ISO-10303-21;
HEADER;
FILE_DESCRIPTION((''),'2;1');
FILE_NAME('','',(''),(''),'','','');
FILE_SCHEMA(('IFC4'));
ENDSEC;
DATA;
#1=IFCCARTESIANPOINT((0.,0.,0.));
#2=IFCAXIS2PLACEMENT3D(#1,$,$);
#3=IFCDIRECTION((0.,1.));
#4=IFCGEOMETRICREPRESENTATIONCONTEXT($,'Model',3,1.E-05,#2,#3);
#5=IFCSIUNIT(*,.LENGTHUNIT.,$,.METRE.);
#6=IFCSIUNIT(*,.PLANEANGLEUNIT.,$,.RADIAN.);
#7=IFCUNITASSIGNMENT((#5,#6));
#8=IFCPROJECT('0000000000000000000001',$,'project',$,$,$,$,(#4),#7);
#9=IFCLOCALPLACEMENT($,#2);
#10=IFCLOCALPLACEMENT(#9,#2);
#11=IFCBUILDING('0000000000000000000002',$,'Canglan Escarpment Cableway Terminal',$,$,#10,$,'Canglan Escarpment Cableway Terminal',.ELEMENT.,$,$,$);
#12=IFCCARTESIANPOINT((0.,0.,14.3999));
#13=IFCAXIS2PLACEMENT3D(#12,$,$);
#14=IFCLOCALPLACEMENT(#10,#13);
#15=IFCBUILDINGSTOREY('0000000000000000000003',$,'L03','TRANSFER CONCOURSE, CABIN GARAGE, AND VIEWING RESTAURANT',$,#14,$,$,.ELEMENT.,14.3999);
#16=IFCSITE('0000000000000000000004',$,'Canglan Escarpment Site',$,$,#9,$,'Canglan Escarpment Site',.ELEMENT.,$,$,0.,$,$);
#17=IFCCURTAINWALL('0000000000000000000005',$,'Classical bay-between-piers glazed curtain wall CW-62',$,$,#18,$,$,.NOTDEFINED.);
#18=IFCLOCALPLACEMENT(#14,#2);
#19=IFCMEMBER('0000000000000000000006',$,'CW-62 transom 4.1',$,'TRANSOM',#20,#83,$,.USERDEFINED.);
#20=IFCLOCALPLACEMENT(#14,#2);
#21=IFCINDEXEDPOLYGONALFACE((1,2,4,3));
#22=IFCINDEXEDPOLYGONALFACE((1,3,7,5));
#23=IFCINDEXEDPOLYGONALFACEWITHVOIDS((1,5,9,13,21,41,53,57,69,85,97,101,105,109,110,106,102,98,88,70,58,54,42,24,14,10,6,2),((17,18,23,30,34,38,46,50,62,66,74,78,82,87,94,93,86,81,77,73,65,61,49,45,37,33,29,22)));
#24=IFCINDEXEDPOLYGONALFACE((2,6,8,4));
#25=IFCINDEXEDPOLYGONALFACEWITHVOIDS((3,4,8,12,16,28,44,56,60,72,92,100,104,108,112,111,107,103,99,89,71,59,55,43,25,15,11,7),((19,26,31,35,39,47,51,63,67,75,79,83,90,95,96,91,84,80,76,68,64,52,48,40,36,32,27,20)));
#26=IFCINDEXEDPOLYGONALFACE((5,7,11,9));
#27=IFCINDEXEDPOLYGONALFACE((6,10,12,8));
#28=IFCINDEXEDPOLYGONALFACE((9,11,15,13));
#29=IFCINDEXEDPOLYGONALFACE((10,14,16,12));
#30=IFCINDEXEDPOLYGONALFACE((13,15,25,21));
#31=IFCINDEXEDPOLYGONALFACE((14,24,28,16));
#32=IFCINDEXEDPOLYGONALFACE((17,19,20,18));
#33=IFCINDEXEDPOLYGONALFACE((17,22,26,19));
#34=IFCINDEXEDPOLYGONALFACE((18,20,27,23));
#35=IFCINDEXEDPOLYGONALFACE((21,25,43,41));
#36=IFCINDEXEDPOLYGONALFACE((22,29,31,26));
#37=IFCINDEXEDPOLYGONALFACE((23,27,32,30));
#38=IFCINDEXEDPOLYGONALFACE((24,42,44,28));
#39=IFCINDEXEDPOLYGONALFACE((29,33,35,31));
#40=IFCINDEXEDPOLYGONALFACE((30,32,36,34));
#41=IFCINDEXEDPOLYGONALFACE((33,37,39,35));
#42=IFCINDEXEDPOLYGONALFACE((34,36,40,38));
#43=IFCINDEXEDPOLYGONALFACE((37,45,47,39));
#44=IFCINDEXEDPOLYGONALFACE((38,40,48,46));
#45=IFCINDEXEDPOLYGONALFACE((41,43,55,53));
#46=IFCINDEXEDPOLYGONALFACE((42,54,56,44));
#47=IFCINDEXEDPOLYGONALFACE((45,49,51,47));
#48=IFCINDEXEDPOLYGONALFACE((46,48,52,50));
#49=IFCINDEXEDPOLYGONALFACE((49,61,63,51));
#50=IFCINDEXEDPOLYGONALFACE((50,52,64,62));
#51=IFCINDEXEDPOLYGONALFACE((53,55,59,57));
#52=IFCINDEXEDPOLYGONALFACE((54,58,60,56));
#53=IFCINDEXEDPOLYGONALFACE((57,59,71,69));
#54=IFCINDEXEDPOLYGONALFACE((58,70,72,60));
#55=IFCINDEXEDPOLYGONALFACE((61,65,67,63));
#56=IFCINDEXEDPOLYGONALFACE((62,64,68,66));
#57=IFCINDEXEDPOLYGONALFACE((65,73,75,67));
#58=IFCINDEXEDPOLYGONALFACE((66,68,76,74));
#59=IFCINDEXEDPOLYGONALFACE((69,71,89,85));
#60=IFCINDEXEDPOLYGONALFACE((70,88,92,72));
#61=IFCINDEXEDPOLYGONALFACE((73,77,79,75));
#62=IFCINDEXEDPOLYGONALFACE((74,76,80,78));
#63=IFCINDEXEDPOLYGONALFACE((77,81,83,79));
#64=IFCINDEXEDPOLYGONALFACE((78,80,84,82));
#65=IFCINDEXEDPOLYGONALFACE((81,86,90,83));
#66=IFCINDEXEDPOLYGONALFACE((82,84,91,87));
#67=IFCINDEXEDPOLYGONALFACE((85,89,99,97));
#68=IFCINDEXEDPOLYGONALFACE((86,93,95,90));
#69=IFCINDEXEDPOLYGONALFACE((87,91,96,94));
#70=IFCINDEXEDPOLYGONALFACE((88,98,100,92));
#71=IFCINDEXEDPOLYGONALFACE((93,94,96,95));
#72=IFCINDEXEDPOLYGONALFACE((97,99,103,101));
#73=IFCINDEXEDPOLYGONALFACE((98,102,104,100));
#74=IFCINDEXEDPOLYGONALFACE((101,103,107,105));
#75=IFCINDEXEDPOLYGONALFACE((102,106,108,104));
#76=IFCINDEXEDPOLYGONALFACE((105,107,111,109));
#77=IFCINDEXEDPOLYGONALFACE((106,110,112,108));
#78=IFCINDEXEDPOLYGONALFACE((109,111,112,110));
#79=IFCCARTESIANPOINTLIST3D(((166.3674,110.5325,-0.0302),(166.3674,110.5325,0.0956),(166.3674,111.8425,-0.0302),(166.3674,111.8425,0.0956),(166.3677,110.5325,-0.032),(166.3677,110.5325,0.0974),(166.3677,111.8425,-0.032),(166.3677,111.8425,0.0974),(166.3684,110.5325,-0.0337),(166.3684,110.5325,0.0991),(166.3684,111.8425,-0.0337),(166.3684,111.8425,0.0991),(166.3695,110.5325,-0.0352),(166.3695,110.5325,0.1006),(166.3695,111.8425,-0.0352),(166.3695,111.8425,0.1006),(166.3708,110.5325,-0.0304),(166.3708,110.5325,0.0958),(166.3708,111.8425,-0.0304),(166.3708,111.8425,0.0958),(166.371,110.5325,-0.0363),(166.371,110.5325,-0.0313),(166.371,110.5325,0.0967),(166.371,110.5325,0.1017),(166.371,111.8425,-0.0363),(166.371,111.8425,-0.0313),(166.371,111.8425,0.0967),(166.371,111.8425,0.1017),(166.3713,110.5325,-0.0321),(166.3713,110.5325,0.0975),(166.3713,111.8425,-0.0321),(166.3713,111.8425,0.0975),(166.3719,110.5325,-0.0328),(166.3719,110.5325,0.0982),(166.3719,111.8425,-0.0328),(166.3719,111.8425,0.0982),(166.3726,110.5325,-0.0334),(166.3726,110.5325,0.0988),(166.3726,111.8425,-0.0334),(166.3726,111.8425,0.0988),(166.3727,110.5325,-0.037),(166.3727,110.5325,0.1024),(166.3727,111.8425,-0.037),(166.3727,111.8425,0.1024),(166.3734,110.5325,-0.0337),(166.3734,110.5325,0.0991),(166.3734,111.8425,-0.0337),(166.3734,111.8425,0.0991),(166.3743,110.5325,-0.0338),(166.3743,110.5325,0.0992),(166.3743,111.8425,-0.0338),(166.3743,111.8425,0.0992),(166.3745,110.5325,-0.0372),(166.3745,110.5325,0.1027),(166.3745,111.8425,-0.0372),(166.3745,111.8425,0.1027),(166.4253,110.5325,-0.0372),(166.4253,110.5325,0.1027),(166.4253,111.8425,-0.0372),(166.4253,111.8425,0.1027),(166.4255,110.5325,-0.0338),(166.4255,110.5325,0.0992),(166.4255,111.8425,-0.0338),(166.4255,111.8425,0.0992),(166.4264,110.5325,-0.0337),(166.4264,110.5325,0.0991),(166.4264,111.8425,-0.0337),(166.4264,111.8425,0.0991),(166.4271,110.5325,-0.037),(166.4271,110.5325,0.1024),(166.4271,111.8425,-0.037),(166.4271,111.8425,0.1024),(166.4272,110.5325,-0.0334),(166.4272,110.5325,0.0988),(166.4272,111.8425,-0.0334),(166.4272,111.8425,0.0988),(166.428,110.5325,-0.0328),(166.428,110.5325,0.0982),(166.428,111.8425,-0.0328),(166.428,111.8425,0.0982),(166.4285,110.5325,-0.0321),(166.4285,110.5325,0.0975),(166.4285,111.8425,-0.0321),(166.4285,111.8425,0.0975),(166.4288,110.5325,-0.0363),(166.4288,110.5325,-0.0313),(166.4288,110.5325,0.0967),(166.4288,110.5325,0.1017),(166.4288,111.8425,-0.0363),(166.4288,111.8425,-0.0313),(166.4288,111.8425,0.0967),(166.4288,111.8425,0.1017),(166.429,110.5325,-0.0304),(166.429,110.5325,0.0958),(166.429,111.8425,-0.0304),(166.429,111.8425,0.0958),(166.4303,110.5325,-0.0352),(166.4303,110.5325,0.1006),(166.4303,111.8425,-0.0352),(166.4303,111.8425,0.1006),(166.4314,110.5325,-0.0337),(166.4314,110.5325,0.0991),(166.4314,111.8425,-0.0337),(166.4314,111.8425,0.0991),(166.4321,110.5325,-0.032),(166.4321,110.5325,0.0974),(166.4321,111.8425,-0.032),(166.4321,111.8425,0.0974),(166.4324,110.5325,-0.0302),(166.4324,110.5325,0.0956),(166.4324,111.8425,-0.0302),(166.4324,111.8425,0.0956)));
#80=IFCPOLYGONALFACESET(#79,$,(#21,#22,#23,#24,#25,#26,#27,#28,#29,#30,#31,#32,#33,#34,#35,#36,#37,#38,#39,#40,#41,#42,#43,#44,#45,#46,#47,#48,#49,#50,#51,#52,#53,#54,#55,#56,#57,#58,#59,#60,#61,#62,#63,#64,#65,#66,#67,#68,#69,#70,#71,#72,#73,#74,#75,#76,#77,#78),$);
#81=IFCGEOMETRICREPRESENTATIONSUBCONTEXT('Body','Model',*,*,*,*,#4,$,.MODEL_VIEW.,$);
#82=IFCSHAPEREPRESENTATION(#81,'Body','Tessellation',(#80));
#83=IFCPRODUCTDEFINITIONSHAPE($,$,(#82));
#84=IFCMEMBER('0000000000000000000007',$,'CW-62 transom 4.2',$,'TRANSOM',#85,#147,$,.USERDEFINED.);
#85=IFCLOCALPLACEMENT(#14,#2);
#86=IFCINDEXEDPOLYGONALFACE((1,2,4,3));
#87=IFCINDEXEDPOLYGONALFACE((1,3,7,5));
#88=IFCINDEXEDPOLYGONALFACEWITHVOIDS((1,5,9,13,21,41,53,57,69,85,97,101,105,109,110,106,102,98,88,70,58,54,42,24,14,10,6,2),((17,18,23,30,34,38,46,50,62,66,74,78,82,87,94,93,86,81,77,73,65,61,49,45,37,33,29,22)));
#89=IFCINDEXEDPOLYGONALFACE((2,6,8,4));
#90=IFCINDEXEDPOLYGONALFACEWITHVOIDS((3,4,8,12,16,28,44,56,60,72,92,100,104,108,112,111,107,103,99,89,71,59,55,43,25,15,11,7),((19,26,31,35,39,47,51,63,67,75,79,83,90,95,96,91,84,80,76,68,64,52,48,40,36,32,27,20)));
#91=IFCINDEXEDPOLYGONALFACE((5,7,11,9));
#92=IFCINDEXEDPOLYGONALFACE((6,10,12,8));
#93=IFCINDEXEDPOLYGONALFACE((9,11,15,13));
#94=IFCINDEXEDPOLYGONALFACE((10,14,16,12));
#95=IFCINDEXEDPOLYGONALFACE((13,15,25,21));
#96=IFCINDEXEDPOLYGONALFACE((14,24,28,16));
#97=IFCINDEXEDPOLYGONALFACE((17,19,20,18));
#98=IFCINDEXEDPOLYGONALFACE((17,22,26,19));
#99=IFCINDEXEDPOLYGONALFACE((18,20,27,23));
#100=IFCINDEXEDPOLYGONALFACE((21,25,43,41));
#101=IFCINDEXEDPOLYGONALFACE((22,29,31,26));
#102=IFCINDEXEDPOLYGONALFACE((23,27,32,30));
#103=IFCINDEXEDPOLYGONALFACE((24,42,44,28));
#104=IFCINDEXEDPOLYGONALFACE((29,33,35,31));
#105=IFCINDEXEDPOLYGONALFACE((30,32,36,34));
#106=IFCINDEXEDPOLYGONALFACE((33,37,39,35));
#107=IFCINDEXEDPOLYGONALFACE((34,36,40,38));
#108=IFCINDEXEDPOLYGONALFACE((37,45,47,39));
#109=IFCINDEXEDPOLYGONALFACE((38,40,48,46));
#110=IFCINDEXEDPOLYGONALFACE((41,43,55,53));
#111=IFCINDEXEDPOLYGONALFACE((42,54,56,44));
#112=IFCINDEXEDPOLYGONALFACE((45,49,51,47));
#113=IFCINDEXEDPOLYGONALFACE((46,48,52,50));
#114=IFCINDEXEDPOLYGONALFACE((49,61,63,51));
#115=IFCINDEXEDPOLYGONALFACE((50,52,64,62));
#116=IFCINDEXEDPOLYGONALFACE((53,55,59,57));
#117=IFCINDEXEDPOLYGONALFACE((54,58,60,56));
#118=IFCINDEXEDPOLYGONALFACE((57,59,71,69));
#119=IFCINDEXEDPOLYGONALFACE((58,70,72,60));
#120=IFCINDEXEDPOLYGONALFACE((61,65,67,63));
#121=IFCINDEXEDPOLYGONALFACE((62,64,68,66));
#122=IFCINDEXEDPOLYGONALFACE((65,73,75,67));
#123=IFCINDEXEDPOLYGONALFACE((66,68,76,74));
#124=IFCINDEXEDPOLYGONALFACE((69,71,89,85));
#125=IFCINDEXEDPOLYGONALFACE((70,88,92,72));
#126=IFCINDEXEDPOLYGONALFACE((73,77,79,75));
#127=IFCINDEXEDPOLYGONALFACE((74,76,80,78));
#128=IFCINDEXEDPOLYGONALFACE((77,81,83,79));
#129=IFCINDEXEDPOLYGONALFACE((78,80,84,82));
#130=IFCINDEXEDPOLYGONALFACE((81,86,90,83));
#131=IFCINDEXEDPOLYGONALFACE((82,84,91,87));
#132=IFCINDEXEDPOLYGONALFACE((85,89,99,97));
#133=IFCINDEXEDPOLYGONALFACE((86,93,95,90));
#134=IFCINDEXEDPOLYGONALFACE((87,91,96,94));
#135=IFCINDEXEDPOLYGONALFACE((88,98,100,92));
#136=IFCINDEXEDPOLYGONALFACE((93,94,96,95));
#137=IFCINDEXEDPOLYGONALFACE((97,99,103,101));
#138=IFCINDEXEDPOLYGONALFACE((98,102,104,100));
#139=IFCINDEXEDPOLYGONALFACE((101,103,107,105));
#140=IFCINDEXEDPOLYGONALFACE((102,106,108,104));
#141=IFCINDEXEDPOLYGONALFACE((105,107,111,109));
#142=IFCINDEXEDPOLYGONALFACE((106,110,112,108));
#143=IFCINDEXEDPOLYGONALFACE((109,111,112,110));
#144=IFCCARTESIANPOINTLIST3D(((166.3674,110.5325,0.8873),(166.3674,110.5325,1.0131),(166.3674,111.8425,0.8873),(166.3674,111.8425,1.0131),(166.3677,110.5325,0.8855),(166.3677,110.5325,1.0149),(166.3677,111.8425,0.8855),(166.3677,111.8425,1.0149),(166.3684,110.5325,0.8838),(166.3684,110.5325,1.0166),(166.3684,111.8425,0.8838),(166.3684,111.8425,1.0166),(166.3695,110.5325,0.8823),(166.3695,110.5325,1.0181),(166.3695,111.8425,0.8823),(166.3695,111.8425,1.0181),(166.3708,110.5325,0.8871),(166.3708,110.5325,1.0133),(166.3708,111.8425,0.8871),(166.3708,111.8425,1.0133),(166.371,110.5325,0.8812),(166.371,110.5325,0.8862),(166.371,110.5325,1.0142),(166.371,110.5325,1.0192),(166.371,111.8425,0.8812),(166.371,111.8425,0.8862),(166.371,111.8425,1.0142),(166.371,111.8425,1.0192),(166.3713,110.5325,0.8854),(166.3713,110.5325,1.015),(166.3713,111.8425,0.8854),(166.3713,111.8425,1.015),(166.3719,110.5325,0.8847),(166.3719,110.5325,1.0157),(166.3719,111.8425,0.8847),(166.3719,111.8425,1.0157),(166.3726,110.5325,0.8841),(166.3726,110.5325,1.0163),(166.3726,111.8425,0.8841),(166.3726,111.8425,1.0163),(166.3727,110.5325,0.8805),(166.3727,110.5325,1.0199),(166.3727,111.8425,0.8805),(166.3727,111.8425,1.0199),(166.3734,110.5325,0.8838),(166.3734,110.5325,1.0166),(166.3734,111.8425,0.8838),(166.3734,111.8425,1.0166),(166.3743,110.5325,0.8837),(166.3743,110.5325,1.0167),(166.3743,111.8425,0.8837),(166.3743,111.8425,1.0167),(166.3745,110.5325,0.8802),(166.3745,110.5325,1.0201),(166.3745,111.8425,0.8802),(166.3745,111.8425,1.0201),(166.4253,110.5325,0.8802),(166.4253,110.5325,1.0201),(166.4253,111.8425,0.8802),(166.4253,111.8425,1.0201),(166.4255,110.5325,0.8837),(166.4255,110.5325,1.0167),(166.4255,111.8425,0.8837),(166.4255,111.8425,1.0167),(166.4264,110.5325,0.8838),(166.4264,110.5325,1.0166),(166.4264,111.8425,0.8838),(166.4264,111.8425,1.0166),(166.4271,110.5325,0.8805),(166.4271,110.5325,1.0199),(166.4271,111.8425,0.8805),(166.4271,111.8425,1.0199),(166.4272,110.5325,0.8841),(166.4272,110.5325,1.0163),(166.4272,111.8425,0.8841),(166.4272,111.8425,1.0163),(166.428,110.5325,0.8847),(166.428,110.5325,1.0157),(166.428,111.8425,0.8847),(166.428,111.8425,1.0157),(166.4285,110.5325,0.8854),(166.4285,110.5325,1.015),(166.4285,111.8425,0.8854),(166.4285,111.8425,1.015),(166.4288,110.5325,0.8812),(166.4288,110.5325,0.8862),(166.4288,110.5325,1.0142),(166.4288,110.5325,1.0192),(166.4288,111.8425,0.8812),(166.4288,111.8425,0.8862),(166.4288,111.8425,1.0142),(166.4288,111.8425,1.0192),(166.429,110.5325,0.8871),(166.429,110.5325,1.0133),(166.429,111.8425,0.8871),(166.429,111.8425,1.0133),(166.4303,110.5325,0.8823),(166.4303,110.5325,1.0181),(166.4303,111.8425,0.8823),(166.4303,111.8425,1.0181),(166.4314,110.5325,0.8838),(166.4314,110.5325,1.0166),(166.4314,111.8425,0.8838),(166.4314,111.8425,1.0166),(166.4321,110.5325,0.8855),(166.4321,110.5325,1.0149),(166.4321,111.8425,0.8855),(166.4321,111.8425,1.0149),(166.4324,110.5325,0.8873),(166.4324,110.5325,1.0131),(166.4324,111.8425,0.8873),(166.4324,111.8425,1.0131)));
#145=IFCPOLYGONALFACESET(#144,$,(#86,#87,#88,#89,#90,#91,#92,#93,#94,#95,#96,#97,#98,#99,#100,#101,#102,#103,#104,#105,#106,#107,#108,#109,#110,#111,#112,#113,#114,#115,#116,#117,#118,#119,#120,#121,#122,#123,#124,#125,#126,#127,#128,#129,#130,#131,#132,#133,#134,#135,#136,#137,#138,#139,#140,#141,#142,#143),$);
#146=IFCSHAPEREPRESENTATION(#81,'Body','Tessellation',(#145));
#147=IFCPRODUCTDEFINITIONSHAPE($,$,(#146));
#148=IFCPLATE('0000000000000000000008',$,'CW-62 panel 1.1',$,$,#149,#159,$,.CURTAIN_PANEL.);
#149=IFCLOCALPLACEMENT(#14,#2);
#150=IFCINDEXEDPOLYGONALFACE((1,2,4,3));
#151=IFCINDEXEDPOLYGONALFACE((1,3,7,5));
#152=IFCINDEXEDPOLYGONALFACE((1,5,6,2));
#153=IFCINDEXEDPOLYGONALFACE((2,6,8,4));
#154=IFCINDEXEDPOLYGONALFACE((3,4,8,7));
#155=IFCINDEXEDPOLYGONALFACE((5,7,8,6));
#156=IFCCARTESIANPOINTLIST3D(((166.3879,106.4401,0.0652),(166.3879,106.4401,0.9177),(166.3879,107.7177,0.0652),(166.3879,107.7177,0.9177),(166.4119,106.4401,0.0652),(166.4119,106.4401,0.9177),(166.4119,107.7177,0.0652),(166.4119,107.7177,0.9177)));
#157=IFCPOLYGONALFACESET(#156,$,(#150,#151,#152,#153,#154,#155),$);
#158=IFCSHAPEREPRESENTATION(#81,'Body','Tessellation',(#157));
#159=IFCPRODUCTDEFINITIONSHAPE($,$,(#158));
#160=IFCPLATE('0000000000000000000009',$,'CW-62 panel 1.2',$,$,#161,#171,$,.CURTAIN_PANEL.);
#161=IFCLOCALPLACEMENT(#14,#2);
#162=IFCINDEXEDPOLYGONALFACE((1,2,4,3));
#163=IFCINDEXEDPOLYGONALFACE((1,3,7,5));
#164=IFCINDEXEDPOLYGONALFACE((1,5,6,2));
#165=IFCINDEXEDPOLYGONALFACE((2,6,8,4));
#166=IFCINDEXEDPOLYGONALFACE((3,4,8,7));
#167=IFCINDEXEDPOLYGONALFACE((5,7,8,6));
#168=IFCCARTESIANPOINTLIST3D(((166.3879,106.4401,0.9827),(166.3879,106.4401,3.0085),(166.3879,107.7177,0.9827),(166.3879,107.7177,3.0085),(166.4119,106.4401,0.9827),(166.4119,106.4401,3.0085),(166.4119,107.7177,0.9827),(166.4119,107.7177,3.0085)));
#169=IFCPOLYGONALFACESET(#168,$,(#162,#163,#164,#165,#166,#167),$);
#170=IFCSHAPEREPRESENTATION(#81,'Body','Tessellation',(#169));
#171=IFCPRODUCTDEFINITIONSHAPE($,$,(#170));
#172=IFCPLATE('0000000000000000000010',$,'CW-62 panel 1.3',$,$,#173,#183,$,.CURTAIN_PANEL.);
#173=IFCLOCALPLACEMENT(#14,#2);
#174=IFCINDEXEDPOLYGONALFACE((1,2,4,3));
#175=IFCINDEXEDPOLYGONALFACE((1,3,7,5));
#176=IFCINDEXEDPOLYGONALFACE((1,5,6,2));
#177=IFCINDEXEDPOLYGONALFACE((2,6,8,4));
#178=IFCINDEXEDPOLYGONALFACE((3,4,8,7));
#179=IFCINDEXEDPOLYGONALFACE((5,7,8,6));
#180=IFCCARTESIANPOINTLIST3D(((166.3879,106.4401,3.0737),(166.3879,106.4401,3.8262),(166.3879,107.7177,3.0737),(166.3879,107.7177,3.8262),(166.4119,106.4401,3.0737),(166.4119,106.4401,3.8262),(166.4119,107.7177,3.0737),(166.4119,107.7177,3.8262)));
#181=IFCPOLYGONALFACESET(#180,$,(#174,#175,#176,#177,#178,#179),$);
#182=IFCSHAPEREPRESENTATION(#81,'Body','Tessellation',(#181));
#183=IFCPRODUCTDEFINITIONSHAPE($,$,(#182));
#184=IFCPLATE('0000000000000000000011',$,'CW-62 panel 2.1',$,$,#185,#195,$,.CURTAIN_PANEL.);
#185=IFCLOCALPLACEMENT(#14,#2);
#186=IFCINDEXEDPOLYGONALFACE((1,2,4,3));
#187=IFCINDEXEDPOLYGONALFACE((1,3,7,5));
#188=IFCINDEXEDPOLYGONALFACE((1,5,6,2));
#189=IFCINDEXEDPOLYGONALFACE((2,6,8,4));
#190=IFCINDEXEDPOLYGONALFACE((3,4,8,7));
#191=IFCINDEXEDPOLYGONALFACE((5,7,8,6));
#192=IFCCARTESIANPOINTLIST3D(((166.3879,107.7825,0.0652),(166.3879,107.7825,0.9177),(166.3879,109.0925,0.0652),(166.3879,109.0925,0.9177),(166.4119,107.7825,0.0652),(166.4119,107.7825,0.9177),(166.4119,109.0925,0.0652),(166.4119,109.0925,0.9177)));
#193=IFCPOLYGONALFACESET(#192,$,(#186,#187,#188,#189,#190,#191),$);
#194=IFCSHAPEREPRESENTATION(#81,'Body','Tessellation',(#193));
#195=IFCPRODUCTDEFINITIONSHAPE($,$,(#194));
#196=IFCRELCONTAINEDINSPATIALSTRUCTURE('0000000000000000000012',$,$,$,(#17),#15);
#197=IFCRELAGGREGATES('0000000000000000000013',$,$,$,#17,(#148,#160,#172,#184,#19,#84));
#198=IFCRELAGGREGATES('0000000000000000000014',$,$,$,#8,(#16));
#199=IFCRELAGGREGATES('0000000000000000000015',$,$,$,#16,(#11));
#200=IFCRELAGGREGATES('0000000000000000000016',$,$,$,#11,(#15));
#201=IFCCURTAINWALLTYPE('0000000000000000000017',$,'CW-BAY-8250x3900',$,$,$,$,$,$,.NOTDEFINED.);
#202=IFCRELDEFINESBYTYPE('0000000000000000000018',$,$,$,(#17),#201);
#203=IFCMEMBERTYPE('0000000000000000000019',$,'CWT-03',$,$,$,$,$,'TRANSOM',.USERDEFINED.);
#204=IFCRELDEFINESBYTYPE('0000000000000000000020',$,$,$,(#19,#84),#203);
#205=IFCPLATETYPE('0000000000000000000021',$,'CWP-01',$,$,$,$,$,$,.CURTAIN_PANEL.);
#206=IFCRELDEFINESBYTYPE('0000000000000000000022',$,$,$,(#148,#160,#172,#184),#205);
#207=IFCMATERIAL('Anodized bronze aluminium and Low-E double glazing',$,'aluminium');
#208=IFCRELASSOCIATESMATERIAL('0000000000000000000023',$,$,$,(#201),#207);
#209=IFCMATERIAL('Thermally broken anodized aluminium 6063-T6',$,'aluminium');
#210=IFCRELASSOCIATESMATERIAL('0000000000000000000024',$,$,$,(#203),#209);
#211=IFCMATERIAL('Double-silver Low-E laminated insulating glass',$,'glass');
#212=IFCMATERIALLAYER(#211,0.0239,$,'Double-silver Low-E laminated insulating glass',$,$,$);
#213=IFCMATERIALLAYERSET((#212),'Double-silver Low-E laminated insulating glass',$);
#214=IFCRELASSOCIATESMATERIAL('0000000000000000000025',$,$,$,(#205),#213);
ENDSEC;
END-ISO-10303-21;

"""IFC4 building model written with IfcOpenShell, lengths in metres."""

from ifc_helpers import new_model, si_unit, direction, frame, origin, origin_2d, place, context, subcontext, project, spatial, rectangle, hollow_rectangle, extrude, material, layer, layer_set, material_profile, profile_set, type_object, element, aggregate, save


model = new_model("IFC4")

# Units and contexts
model_context = context("Model", 3, precision=1e-05, world=origin(), true_north=direction((0.0, 1.0)))
body_context = subcontext(model_context, "Body", "Model", "MODEL_VIEW")
ifc_project = project(units=[si_unit("LENGTHUNIT", "METRE"), si_unit("PLANEANGLEUNIT", "RADIAN")], contexts=[model_context])

# Site, building, storey
site_placement = place(None, origin())
site = spatial("IfcSite", under=ifc_project, at=site_placement, Name="Canglan Escarpment Site", LongName="Canglan Escarpment Site", CompositionType="ELEMENT", RefElevation=0.0)
building_placement = place(site_placement, origin())
building = spatial("IfcBuilding", under=site, at=building_placement, Name="Canglan Escarpment Cableway Terminal", LongName="Canglan Escarpment Cableway Terminal", CompositionType="ELEMENT")
storey_placement = place(building_placement, frame((0.0, 0.0, 14.3999)))
storey = spatial("IfcBuildingStorey", under=building, at=storey_placement, Name="L03", Description="TRANSFER CONCOURSE, CABIN GARAGE, AND VIEWING RESTAURANT", CompositionType="ELEMENT", Elevation=14.3999)

# Curtain wall, members, plates
ifc_material_1 = material(Name="Anodized bronze aluminium and Low-E double glazing", Category="aluminium")
curtain_wall_type = type_object("IfcCurtainWallType", Name="CW-BAY-8250x3900", PredefinedType="NOTDEFINED", material=ifc_material_1)
curtain_wall_placement = place(storey_placement, origin())
curtain_wall = element("IfcCurtainWall", 1, at=curtain_wall_placement, inside=storey, type_object=curtain_wall_type, Name="Classical bay-between-piers glazed curtain wall CW-62", PredefinedType="NOTDEFINED")
ifc_material_2 = material(Name="Thermally broken anodized aluminium 6063-T6", Category="aluminium")
ifc_material_profile_1 = material_profile(ifc_material_2, hollow_rectangle(XDim=0.0649, YDim=0.1399, WallThickness=0.0034, InnerFilletRadius=0.0034, OuterFilletRadius=0.0071, at=origin_2d()), Name="ALU-TRAN 65x140x3.5")
ifc_profile_set_1 = profile_set([ifc_material_profile_1], Name="Thermally broken anodized aluminium 6063-T6")
member_type_1 = type_object("IfcMemberType", Name="CWT-03", ElementType="TRANSOM", PredefinedType="USERDEFINED", material=ifc_profile_set_1)
member_1_placement = place(storey_placement, frame((166.3999, 110.5325, 0.0327), z_axis=(0.0, 1.0, 0.0), x_axis=(-1.0, 0.0, 0.0)))
member_1 = element("IfcMember", 2, at=member_1_placement, type_object=member_type_1, Name="CW-62 transom 4.1", ObjectType="TRANSOM", PredefinedType="USERDEFINED", context=body_context, shape_type="SweptSolid", body=[
    extrude(hollow_rectangle(XDim=0.0649, YDim=0.1399, WallThickness=0.0034, InnerFilletRadius=0.0034, OuterFilletRadius=0.0071, at=origin_2d()), origin(), (0.0, 0.0, 1.0), 1.3101),
])
member_2_placement = place(storey_placement, frame((166.3999, 110.5325, 0.9502), z_axis=(0.0, 1.0, 0.0), x_axis=(-1.0, 0.0, 0.0)))
member_2 = element("IfcMember", 3, at=member_2_placement, type_object=member_type_1, Name="CW-62 transom 4.2", ObjectType="TRANSOM", PredefinedType="USERDEFINED", context=body_context, shape_type="SweptSolid", body=[
    extrude(hollow_rectangle(XDim=0.0649, YDim=0.1399, WallThickness=0.0034, InnerFilletRadius=0.0034, OuterFilletRadius=0.0071, at=origin_2d()), origin(), (0.0, 0.0, 1.0), 1.3101),
])
ifc_material_3 = material(Name="Double-silver Low-E laminated insulating glass", Category="glass")
ifc_layer_1 = layer(ifc_material_3, 0.0239, Name="Double-silver Low-E laminated insulating glass")
ifc_layer_set_1 = layer_set([ifc_layer_1], Name="Double-silver Low-E laminated insulating glass")
plate_type = type_object("IfcPlateType", Name="CWP-01", PredefinedType="CURTAIN_PANEL", material=ifc_layer_set_1)
plate_1_placement = place(storey_placement, frame((166.3999, 107.0789, 0.0652), z_axis=(0.0, 0.0, 1.0), x_axis=(0.0, 1.0, 0.0)))
plate_1 = element("IfcPlate", 4, at=plate_1_placement, type_object=plate_type, Name="CW-62 panel 1.1", PredefinedType="CURTAIN_PANEL", context=body_context, shape_type="SweptSolid", body=[
    extrude(rectangle(XDim=1.2776, YDim=0.0239, at=origin_2d()), origin(), (0.0, 0.0, 1.0), 0.8525),
])
plate_2_placement = place(storey_placement, frame((166.3999, 107.0789, 0.9827), z_axis=(0.0, 0.0, 1.0), x_axis=(0.0, 1.0, 0.0)))
plate_2 = element("IfcPlate", 5, at=plate_2_placement, type_object=plate_type, Name="CW-62 panel 1.2", PredefinedType="CURTAIN_PANEL", context=body_context, shape_type="SweptSolid", body=[
    extrude(rectangle(XDim=1.2776, YDim=0.0239, at=origin_2d()), origin(), (0.0, 0.0, 1.0), 2.0259),
])
plate_3_placement = place(storey_placement, frame((166.3999, 107.0789, 3.0737), z_axis=(0.0, 0.0, 1.0), x_axis=(0.0, 1.0, 0.0)))
plate_3 = element("IfcPlate", 6, at=plate_3_placement, type_object=plate_type, Name="CW-62 panel 1.3", PredefinedType="CURTAIN_PANEL", context=body_context, shape_type="SweptSolid", body=[
    extrude(rectangle(XDim=1.2776, YDim=0.0239, at=origin_2d()), origin(), (0.0, 0.0, 1.0), 0.7524),
])
plate_4_placement = place(storey_placement, frame((166.3999, 108.4375, 0.0652), z_axis=(0.0, 0.0, 1.0), x_axis=(0.0, 1.0, 0.0)))
plate_4 = element("IfcPlate", 7, at=plate_4_placement, type_object=plate_type, Name="CW-62 panel 2.1", PredefinedType="CURTAIN_PANEL", context=body_context, shape_type="SweptSolid", body=[
    extrude(rectangle(XDim=1.3101, YDim=0.0239, at=origin_2d()), origin(), (0.0, 0.0, 1.0), 0.8525),
])
aggregate(curtain_wall, [plate_1, plate_2, plate_3, plate_4, member_1, member_2])

save(model, "model.ifc")
